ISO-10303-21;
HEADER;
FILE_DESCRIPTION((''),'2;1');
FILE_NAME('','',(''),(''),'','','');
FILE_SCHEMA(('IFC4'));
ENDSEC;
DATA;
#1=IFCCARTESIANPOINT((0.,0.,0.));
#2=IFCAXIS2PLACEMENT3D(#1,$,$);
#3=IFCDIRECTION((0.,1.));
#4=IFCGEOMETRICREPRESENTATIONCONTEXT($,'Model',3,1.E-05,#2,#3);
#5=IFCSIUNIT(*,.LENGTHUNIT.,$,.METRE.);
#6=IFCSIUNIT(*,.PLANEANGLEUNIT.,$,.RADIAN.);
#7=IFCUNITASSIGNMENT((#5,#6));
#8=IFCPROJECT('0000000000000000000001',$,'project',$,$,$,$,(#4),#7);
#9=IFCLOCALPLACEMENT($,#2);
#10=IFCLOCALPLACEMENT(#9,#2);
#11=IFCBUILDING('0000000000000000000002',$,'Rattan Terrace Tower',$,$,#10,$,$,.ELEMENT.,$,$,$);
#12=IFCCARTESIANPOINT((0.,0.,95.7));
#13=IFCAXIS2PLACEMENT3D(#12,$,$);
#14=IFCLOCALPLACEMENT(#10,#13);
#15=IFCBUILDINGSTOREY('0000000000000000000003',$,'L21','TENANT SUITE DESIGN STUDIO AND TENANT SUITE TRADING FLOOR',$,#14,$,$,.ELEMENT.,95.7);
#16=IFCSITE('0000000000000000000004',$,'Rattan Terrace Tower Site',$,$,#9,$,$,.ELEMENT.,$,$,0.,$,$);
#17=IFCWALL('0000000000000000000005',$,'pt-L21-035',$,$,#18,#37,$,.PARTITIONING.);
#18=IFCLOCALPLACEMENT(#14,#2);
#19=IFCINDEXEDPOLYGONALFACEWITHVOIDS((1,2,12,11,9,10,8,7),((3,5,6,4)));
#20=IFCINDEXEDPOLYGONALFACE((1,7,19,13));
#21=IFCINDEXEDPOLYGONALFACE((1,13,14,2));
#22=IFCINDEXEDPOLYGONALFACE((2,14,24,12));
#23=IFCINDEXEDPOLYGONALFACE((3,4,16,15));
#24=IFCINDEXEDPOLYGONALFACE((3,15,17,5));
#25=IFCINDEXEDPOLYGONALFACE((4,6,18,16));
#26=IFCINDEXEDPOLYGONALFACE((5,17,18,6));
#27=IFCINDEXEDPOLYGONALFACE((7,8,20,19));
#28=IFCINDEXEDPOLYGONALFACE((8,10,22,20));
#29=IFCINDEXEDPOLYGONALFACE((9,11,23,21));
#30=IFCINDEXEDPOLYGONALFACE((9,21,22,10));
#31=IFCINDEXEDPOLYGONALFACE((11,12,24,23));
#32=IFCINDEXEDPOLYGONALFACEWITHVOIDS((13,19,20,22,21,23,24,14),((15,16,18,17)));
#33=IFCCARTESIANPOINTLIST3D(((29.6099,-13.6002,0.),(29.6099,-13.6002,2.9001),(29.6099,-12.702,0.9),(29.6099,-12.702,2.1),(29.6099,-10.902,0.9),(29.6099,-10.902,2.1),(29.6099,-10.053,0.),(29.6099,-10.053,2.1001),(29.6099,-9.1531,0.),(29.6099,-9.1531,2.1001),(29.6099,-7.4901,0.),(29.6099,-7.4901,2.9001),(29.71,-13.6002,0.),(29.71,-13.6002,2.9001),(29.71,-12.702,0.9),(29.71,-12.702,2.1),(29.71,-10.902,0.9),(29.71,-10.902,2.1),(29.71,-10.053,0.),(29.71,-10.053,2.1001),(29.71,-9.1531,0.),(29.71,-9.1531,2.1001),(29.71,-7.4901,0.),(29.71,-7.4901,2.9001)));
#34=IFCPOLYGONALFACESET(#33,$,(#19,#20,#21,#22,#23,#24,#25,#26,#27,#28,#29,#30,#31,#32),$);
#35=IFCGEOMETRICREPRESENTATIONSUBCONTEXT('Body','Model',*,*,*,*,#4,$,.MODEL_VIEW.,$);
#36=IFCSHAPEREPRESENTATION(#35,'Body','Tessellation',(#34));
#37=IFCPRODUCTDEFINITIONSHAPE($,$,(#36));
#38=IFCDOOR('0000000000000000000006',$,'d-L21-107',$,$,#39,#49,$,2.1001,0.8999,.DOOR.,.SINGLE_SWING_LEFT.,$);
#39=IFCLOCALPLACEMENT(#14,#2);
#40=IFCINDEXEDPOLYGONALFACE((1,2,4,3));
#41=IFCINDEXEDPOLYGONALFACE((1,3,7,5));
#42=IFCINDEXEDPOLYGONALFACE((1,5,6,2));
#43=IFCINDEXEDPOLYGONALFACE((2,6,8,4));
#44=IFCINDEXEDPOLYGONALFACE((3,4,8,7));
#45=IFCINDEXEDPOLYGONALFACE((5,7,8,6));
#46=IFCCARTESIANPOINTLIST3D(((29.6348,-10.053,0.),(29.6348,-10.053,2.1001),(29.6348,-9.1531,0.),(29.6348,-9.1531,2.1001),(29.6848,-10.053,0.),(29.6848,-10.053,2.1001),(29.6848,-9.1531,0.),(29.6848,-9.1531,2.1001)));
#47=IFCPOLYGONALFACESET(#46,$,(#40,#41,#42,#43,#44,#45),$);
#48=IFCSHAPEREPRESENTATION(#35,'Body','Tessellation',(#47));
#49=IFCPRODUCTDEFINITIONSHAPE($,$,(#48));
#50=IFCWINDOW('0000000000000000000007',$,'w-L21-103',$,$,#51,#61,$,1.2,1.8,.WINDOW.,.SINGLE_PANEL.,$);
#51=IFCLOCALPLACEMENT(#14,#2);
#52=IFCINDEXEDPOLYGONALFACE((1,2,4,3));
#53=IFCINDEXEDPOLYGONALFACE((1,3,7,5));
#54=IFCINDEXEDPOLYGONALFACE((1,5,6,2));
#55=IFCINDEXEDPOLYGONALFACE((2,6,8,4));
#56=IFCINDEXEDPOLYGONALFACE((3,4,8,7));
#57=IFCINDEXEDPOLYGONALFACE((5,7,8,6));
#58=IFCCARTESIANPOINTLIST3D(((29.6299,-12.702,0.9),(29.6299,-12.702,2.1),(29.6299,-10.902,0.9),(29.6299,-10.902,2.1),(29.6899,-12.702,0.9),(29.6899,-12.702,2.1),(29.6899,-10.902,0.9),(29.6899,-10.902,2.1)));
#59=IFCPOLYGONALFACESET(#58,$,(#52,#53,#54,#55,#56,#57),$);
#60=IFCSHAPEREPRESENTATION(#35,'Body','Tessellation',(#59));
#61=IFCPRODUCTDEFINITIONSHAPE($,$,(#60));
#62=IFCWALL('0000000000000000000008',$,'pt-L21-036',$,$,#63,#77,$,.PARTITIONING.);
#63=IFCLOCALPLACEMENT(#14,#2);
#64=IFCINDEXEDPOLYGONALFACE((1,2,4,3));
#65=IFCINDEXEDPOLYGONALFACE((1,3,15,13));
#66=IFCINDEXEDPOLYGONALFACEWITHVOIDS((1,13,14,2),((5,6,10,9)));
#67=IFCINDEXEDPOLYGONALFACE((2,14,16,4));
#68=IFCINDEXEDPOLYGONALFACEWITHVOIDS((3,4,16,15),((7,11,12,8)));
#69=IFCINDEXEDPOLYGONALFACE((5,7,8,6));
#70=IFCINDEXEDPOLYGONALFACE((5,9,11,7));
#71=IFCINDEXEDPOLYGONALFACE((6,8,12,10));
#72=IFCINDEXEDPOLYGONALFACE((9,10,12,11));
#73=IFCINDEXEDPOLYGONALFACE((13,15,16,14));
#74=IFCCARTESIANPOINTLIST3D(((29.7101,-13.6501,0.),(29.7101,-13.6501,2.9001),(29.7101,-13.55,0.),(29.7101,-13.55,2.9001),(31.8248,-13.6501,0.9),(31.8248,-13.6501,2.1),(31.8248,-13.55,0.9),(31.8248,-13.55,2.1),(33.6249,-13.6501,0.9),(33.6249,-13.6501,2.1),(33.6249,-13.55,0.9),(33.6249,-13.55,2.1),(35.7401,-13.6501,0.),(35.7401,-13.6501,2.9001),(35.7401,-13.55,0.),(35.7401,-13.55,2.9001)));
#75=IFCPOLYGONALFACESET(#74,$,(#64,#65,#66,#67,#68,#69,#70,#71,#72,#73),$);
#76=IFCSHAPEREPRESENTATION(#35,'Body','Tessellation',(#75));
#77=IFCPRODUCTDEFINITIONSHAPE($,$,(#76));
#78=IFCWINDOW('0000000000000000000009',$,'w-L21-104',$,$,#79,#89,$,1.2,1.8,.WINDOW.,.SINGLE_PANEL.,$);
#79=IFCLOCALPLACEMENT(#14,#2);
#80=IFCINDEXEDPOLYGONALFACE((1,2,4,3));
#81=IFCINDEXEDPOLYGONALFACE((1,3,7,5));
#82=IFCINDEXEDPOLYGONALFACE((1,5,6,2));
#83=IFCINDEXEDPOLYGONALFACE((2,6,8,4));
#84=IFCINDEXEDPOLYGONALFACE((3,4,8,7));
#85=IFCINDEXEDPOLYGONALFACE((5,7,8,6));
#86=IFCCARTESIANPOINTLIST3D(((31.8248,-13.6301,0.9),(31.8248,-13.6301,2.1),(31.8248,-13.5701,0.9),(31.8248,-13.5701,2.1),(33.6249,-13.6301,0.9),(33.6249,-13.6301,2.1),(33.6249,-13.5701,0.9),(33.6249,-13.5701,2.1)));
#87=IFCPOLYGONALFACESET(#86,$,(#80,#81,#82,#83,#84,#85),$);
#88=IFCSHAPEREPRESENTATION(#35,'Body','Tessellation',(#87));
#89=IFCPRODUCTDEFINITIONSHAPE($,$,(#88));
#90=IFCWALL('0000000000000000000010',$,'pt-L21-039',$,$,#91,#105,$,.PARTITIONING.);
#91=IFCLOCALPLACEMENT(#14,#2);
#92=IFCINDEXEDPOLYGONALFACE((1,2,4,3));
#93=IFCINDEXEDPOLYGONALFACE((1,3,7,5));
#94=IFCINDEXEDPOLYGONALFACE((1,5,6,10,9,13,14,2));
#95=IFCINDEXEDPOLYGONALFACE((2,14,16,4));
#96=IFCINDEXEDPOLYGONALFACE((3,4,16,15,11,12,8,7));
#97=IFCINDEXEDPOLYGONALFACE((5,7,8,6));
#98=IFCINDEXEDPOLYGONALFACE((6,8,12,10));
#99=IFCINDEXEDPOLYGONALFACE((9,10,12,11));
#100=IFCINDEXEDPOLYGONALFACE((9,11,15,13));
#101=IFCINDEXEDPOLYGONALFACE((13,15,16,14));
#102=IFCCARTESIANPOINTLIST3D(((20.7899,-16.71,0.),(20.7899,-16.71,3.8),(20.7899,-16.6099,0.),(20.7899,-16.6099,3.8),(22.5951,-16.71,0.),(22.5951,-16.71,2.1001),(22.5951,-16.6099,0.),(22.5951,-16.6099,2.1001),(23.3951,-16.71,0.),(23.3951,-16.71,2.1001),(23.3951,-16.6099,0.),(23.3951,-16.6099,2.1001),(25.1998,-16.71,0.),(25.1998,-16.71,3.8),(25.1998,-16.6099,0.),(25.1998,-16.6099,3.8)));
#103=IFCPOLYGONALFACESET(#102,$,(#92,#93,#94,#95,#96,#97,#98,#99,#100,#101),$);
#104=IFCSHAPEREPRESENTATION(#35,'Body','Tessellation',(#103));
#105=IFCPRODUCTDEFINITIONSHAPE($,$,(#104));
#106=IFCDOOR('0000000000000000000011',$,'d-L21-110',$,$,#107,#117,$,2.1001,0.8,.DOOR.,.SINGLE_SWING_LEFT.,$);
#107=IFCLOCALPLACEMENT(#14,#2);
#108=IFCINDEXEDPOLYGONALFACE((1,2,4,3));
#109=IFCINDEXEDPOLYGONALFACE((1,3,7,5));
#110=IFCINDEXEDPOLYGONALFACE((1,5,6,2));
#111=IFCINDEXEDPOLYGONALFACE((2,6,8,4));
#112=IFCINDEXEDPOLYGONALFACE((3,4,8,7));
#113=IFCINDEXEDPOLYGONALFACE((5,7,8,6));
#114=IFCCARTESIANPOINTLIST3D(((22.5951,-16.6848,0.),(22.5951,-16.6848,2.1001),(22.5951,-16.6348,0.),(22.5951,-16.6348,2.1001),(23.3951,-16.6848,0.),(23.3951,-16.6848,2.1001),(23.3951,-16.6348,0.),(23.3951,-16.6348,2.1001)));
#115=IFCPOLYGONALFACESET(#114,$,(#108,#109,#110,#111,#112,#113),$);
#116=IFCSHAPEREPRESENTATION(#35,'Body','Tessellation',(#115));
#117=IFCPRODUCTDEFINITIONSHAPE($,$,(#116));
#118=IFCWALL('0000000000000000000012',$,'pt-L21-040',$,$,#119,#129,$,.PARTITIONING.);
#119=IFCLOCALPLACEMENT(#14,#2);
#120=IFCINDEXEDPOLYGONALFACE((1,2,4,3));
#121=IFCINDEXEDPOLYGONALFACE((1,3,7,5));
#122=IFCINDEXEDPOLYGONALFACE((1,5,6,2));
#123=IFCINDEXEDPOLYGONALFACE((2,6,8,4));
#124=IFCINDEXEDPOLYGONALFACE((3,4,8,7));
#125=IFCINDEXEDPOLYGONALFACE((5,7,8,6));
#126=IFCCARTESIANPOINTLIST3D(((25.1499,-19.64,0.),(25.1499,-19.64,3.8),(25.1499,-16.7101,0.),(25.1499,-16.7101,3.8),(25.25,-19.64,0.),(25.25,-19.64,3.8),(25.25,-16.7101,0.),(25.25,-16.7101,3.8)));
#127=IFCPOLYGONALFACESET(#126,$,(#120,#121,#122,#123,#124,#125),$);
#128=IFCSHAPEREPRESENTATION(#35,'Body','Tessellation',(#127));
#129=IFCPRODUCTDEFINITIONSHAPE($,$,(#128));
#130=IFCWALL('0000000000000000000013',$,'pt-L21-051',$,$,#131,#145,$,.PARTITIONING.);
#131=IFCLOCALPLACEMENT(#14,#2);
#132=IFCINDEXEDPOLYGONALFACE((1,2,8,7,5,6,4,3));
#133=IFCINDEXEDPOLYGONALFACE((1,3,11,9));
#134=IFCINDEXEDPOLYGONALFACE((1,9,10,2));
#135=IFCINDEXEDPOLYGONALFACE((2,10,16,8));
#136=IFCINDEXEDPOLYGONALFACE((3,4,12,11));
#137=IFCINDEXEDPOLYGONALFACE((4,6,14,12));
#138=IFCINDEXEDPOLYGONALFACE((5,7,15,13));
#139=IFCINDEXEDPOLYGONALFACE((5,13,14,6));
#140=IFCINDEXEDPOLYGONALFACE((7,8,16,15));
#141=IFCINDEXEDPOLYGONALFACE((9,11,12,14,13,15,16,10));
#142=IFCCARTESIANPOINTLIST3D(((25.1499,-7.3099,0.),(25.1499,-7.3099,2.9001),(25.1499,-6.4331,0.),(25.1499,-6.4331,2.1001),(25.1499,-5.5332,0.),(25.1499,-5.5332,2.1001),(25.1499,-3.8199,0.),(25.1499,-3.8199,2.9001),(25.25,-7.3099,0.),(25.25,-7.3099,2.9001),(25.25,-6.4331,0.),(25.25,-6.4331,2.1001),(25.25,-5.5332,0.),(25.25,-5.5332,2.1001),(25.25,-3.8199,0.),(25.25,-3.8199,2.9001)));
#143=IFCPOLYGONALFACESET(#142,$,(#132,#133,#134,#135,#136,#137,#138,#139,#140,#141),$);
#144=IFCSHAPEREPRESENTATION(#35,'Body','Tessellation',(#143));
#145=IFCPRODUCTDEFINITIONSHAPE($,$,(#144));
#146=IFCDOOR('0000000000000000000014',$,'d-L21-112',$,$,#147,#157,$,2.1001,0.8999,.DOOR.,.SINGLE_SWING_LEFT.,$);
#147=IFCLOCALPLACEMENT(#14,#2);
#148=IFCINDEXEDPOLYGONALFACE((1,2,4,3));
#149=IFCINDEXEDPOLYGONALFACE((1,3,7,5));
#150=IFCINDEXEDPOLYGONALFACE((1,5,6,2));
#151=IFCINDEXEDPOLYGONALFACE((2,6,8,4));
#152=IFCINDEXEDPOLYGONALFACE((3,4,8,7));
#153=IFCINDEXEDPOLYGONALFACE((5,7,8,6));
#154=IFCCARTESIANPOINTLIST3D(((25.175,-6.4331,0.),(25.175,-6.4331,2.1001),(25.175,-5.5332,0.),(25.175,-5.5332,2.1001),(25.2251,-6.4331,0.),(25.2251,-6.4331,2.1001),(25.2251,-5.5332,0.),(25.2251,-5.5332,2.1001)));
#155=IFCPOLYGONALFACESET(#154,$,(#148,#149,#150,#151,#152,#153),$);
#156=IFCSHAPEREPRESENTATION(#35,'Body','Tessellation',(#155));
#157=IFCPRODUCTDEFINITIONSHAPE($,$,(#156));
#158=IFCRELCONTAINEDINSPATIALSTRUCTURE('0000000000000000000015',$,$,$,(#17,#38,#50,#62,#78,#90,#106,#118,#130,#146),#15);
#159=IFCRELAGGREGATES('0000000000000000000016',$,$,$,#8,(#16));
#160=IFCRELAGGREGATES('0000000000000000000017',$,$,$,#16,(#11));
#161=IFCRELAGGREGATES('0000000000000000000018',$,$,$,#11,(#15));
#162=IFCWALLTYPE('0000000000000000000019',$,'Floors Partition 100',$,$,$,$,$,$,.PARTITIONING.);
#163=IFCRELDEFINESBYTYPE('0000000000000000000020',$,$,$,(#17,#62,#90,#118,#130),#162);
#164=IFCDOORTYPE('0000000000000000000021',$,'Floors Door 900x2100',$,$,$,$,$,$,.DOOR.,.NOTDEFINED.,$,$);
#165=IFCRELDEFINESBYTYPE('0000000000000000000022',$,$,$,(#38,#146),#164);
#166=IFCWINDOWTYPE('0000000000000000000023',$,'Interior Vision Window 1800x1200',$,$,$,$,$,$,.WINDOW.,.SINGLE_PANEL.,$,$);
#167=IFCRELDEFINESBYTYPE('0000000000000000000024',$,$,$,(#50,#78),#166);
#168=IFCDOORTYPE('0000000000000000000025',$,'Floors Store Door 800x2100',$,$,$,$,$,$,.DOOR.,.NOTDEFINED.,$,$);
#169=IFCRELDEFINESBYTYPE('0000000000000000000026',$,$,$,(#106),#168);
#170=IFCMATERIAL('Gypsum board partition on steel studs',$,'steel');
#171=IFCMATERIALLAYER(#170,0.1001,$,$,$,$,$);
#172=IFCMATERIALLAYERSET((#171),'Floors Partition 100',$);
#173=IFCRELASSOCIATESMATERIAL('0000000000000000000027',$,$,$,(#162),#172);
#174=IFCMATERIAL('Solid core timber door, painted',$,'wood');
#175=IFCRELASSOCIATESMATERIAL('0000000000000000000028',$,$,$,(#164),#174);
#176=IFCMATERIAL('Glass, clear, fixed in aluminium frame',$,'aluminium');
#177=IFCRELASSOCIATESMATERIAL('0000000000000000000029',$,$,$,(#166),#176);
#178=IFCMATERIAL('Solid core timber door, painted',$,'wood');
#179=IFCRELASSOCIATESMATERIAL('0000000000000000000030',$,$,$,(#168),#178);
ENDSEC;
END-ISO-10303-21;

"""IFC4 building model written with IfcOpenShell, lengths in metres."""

from ifc_helpers import new_model, si_unit, direction, frame, frame_2d, origin, place, context, subcontext, project, spatial, rectangle, extrude, material, layer, layer_set, type_object, element, fill, save


model = new_model("IFC4")

# Units and contexts
model_context = context("Model", 3, precision=1e-05, world=origin(), true_north=direction((0.0, 1.0)))
body_context = subcontext(model_context, "Body", "Model", "MODEL_VIEW")
ifc_project = project(units=[si_unit("LENGTHUNIT", "METRE"), si_unit("PLANEANGLEUNIT", "RADIAN")], contexts=[model_context])

# Site, building, storey
site_placement = place(None, origin())
site = spatial("IfcSite", under=ifc_project, at=site_placement, Name="Rattan Terrace Tower Site", CompositionType="ELEMENT", RefElevation=0.0)
building_placement = place(site_placement, origin())
building = spatial("IfcBuilding", under=site, at=building_placement, Name="Rattan Terrace Tower", CompositionType="ELEMENT")
storey_placement = place(building_placement, frame((0.0, 0.0, 95.7)))
storey = spatial("IfcBuildingStorey", under=building, at=storey_placement, Name="L21", Description="TENANT SUITE DESIGN STUDIO AND TENANT SUITE TRADING FLOOR", CompositionType="ELEMENT", Elevation=95.7)

# Wall, openings, door, window
ifc_material_1 = material(Name="Gypsum board partition on steel studs", Category="steel")
ifc_layer_1 = layer(ifc_material_1, 0.1001)
ifc_layer_set_1 = layer_set([ifc_layer_1], Name="Floors Partition 100")
wall_type_1 = type_object("IfcWallType", Name="Floors Partition 100", PredefinedType="PARTITIONING", material=ifc_layer_set_1)
wall_1_placement = place(storey_placement, frame((29.6599, -7.49, 0.0), z_axis=(0.0, 0.0, 1.0), x_axis=(0.0, -1.0, 0.0)))
wall_1 = element("IfcWall", 1, at=wall_1_placement, inside=storey, type_object=wall_type_1, Name="pt-L21-035", PredefinedType="PARTITIONING", context=body_context, shape_type="SweptSolid", body=[
    extrude(rectangle(XDim=6.1101, YDim=0.1001, at=frame_2d((3.0552, 0.0))), origin(), (0.0, 0.0, 1.0), 2.9001),
])
opening_1_placement = place(wall_1_placement, frame((1.6631, 0.0, 0.0)))
opening_1 = element("IfcOpeningElement", 2, at=opening_1_placement, cuts=wall_1, PredefinedType="OPENING", context=body_context, shape_type="SweptSolid", body=[
    extrude(rectangle(XDim=0.8999, YDim=2.1001, at=frame_2d((0.45, 1.05))), frame((0.0, 0.0605, 0.0), z_axis=(0.0, -1.0, 0.0), x_axis=(1.0, 0.0, 0.0)), (0.0, 0.0, 1.0), 0.1211),
])
opening_2_placement = place(wall_1_placement, frame((3.4121, 0.0, 0.8999)))
opening_2 = element("IfcOpeningElement", 3, at=opening_2_placement, cuts=wall_1, PredefinedType="OPENING", context=body_context, shape_type="SweptSolid", body=[
    extrude(rectangle(XDim=1.8, YDim=1.2, at=frame_2d((0.8999, 0.6001))), frame((0.0, 0.0605, 0.0), z_axis=(0.0, -1.0, 0.0), x_axis=(1.0, 0.0, 0.0)), (0.0, 0.0, 1.0), 0.1211),
])
ifc_material_2 = material(Name="Solid core timber door, painted", Category="wood")
door_type_1 = type_object("IfcDoorType", Name="Floors Door 900x2100", OperationType="NOTDEFINED", PredefinedType="DOOR", material=ifc_material_2)
door_1_placement = place(opening_1_placement, origin())
door_1 = element("IfcDoor", 4, at=door_1_placement, inside=storey, type_object=door_type_1, Name="d-L21-107", OperationType="SINGLE_SWING_LEFT", OverallHeight=2.1001, OverallWidth=0.8999, PredefinedType="DOOR", context=body_context, shape_type="SweptSolid", body=[
    extrude(rectangle(XDim=0.8999, YDim=2.1001, at=frame_2d((0.45, 1.05))), frame((0.0, 0.0249, 0.0), z_axis=(0.0, -1.0, 0.0), x_axis=(1.0, 0.0, 0.0)), (0.0, 0.0, 1.0), 0.05),
])
fill(opening_1, door_1)
ifc_material_3 = material(Name="Glass, clear, fixed in aluminium frame", Category="aluminium")
window_type = type_object("IfcWindowType", Name="Interior Vision Window 1800x1200", PartitioningType="SINGLE_PANEL", PredefinedType="WINDOW", material=ifc_material_3)
window_1_placement = place(opening_2_placement, origin())
window_1 = element("IfcWindow", 5, at=window_1_placement, inside=storey, type_object=window_type, Name="w-L21-103", OverallHeight=1.2, OverallWidth=1.8, PartitioningType="SINGLE_PANEL", PredefinedType="WINDOW", context=body_context, shape_type="SweptSolid", body=[
    extrude(rectangle(XDim=1.8, YDim=1.2, at=frame_2d((0.8999, 0.6001))), frame((0.0, 0.03, 0.0), z_axis=(0.0, -1.0, 0.0), x_axis=(1.0, 0.0, 0.0)), (0.0, 0.0, 1.0), 0.0601),
])
fill(opening_2, window_1)

# Wall, opening, window
wall_2_placement = place(storey_placement, frame((29.71, -13.6001, 0.0), z_axis=(0.0, 0.0, 1.0), x_axis=(1.0, 0.0, 0.0)))
wall_2 = element("IfcWall", 6, at=wall_2_placement, inside=storey, type_object=wall_type_1, Name="pt-L21-036", PredefinedType="PARTITIONING", context=body_context, shape_type="SweptSolid", body=[
    extrude(rectangle(XDim=6.03, YDim=0.1001, at=frame_2d((3.0151, 0.0))), origin(), (0.0, 0.0, 1.0), 2.9001),
])
opening_3_placement = place(wall_2_placement, frame((2.115, 0.0, 0.8999)))
opening_3 = element("IfcOpeningElement", 7, at=opening_3_placement, cuts=wall_2, PredefinedType="OPENING", context=body_context, shape_type="SweptSolid", body=[
    extrude(rectangle(XDim=1.8, YDim=1.2, at=frame_2d((0.8999, 0.6001))), frame((0.0, 0.0605, 0.0), z_axis=(0.0, -1.0, 0.0), x_axis=(1.0, 0.0, 0.0)), (0.0, 0.0, 1.0), 0.1211),
])
window_2_placement = place(opening_3_placement, origin())
window_2 = element("IfcWindow", 8, at=window_2_placement, inside=storey, type_object=window_type, Name="w-L21-104", OverallHeight=1.2, OverallWidth=1.8, PartitioningType="SINGLE_PANEL", PredefinedType="WINDOW", context=body_context, shape_type="SweptSolid", body=[
    extrude(rectangle(XDim=1.8, YDim=1.2, at=frame_2d((0.8999, 0.6001))), frame((0.0, 0.03, 0.0), z_axis=(0.0, -1.0, 0.0), x_axis=(1.0, 0.0, 0.0)), (0.0, 0.0, 1.0), 0.0601),
])
fill(opening_3, window_2)

# Wall, opening, door
wall_3_placement = place(storey_placement, frame((25.2, -16.6599, 0.0), z_axis=(0.0, 0.0, 1.0), x_axis=(-1.0, 0.0, 0.0)))
wall_3 = element("IfcWall", 9, at=wall_3_placement, inside=storey, type_object=wall_type_1, Name="pt-L21-039", PredefinedType="PARTITIONING", context=body_context, shape_type="SweptSolid", body=[
    extrude(rectangle(XDim=4.4099, YDim=0.1001, at=frame_2d((2.2051, 0.0))), origin(), (0.0, 0.0, 1.0), 3.8),
])
opening_4_placement = place(wall_3_placement, frame((1.8049, 0.0, 0.0)))
opening_4 = element("IfcOpeningElement", 10, at=opening_4_placement, cuts=wall_3, PredefinedType="OPENING", context=body_context, shape_type="SweptSolid", body=[
    extrude(rectangle(XDim=0.8, YDim=2.1001, at=frame_2d((0.3999, 1.05))), frame((0.0, 0.0605, 0.0), z_axis=(0.0, -1.0, 0.0), x_axis=(1.0, 0.0, 0.0)), (0.0, 0.0, 1.0), 0.1211),
])
ifc_material_4 = material(Name="Solid core timber door, painted", Category="wood")
door_type_2 = type_object("IfcDoorType", Name="Floors Store Door 800x2100", OperationType="NOTDEFINED", PredefinedType="DOOR", material=ifc_material_4)
door_2_placement = place(opening_4_placement, origin())
door_2 = element("IfcDoor", 11, at=door_2_placement, inside=storey, type_object=door_type_2, Name="d-L21-110", OperationType="SINGLE_SWING_LEFT", OverallHeight=2.1001, OverallWidth=0.8, PredefinedType="DOOR", context=body_context, shape_type="SweptSolid", body=[
    extrude(rectangle(XDim=0.8, YDim=2.1001, at=frame_2d((0.3999, 1.05))), frame((0.0, 0.0249, 0.0), z_axis=(0.0, -1.0, 0.0), x_axis=(1.0, 0.0, 0.0)), (0.0, 0.0, 1.0), 0.05),
])
fill(opening_4, door_2)

# Wall
wall_4_placement = place(storey_placement, frame((25.2, -19.6399, 0.0), z_axis=(0.0, 0.0, 1.0), x_axis=(0.0, 1.0, 0.0)))
element("IfcWall", 12, at=wall_4_placement, inside=storey, type_object=wall_type_1, Name="pt-L21-040", PredefinedType="PARTITIONING", context=body_context, shape_type="SweptSolid", body=[
    extrude(rectangle(XDim=2.9299, YDim=0.1001, at=frame_2d((1.4648, 0.0))), origin(), (0.0, 0.0, 1.0), 3.8),
])

# Wall, opening, door
wall_5_placement = place(storey_placement, frame((25.2, -7.3101, 0.0), z_axis=(0.0, 0.0, 1.0), x_axis=(0.0, 1.0, 0.0)))
wall_5 = element("IfcWall", 13, at=wall_5_placement, inside=storey, type_object=wall_type_1, Name="pt-L21-051", PredefinedType="PARTITIONING", context=body_context, shape_type="SweptSolid", body=[
    extrude(rectangle(XDim=3.49, YDim=0.1001, at=frame_2d((1.7451, 0.0))), origin(), (0.0, 0.0, 1.0), 2.9001),
])
opening_5_placement = place(wall_5_placement, frame((0.877, 0.0, 0.0)))
opening_5 = element("IfcOpeningElement", 14, at=opening_5_placement, cuts=wall_5, PredefinedType="OPENING", context=body_context, shape_type="SweptSolid", body=[
    extrude(rectangle(XDim=0.8999, YDim=2.1001, at=frame_2d((0.45, 1.05))), frame((0.0, 0.0605, 0.0), z_axis=(0.0, -1.0, 0.0), x_axis=(1.0, 0.0, 0.0)), (0.0, 0.0, 1.0), 0.1211),
])
door_3_placement = place(opening_5_placement, origin())
door_3 = element("IfcDoor", 15, at=door_3_placement, inside=storey, type_object=door_type_1, Name="d-L21-112", OperationType="SINGLE_SWING_LEFT", OverallHeight=2.1001, OverallWidth=0.8999, PredefinedType="DOOR", context=body_context, shape_type="SweptSolid", body=[
    extrude(rectangle(XDim=0.8999, YDim=2.1001, at=frame_2d((0.45, 1.05))), frame((0.0, 0.0249, 0.0), z_axis=(0.0, -1.0, 0.0), x_axis=(1.0, 0.0, 0.0)), (0.0, 0.0, 1.0), 0.05),
])
fill(opening_5, door_3)

save(model, "model.ifc")
